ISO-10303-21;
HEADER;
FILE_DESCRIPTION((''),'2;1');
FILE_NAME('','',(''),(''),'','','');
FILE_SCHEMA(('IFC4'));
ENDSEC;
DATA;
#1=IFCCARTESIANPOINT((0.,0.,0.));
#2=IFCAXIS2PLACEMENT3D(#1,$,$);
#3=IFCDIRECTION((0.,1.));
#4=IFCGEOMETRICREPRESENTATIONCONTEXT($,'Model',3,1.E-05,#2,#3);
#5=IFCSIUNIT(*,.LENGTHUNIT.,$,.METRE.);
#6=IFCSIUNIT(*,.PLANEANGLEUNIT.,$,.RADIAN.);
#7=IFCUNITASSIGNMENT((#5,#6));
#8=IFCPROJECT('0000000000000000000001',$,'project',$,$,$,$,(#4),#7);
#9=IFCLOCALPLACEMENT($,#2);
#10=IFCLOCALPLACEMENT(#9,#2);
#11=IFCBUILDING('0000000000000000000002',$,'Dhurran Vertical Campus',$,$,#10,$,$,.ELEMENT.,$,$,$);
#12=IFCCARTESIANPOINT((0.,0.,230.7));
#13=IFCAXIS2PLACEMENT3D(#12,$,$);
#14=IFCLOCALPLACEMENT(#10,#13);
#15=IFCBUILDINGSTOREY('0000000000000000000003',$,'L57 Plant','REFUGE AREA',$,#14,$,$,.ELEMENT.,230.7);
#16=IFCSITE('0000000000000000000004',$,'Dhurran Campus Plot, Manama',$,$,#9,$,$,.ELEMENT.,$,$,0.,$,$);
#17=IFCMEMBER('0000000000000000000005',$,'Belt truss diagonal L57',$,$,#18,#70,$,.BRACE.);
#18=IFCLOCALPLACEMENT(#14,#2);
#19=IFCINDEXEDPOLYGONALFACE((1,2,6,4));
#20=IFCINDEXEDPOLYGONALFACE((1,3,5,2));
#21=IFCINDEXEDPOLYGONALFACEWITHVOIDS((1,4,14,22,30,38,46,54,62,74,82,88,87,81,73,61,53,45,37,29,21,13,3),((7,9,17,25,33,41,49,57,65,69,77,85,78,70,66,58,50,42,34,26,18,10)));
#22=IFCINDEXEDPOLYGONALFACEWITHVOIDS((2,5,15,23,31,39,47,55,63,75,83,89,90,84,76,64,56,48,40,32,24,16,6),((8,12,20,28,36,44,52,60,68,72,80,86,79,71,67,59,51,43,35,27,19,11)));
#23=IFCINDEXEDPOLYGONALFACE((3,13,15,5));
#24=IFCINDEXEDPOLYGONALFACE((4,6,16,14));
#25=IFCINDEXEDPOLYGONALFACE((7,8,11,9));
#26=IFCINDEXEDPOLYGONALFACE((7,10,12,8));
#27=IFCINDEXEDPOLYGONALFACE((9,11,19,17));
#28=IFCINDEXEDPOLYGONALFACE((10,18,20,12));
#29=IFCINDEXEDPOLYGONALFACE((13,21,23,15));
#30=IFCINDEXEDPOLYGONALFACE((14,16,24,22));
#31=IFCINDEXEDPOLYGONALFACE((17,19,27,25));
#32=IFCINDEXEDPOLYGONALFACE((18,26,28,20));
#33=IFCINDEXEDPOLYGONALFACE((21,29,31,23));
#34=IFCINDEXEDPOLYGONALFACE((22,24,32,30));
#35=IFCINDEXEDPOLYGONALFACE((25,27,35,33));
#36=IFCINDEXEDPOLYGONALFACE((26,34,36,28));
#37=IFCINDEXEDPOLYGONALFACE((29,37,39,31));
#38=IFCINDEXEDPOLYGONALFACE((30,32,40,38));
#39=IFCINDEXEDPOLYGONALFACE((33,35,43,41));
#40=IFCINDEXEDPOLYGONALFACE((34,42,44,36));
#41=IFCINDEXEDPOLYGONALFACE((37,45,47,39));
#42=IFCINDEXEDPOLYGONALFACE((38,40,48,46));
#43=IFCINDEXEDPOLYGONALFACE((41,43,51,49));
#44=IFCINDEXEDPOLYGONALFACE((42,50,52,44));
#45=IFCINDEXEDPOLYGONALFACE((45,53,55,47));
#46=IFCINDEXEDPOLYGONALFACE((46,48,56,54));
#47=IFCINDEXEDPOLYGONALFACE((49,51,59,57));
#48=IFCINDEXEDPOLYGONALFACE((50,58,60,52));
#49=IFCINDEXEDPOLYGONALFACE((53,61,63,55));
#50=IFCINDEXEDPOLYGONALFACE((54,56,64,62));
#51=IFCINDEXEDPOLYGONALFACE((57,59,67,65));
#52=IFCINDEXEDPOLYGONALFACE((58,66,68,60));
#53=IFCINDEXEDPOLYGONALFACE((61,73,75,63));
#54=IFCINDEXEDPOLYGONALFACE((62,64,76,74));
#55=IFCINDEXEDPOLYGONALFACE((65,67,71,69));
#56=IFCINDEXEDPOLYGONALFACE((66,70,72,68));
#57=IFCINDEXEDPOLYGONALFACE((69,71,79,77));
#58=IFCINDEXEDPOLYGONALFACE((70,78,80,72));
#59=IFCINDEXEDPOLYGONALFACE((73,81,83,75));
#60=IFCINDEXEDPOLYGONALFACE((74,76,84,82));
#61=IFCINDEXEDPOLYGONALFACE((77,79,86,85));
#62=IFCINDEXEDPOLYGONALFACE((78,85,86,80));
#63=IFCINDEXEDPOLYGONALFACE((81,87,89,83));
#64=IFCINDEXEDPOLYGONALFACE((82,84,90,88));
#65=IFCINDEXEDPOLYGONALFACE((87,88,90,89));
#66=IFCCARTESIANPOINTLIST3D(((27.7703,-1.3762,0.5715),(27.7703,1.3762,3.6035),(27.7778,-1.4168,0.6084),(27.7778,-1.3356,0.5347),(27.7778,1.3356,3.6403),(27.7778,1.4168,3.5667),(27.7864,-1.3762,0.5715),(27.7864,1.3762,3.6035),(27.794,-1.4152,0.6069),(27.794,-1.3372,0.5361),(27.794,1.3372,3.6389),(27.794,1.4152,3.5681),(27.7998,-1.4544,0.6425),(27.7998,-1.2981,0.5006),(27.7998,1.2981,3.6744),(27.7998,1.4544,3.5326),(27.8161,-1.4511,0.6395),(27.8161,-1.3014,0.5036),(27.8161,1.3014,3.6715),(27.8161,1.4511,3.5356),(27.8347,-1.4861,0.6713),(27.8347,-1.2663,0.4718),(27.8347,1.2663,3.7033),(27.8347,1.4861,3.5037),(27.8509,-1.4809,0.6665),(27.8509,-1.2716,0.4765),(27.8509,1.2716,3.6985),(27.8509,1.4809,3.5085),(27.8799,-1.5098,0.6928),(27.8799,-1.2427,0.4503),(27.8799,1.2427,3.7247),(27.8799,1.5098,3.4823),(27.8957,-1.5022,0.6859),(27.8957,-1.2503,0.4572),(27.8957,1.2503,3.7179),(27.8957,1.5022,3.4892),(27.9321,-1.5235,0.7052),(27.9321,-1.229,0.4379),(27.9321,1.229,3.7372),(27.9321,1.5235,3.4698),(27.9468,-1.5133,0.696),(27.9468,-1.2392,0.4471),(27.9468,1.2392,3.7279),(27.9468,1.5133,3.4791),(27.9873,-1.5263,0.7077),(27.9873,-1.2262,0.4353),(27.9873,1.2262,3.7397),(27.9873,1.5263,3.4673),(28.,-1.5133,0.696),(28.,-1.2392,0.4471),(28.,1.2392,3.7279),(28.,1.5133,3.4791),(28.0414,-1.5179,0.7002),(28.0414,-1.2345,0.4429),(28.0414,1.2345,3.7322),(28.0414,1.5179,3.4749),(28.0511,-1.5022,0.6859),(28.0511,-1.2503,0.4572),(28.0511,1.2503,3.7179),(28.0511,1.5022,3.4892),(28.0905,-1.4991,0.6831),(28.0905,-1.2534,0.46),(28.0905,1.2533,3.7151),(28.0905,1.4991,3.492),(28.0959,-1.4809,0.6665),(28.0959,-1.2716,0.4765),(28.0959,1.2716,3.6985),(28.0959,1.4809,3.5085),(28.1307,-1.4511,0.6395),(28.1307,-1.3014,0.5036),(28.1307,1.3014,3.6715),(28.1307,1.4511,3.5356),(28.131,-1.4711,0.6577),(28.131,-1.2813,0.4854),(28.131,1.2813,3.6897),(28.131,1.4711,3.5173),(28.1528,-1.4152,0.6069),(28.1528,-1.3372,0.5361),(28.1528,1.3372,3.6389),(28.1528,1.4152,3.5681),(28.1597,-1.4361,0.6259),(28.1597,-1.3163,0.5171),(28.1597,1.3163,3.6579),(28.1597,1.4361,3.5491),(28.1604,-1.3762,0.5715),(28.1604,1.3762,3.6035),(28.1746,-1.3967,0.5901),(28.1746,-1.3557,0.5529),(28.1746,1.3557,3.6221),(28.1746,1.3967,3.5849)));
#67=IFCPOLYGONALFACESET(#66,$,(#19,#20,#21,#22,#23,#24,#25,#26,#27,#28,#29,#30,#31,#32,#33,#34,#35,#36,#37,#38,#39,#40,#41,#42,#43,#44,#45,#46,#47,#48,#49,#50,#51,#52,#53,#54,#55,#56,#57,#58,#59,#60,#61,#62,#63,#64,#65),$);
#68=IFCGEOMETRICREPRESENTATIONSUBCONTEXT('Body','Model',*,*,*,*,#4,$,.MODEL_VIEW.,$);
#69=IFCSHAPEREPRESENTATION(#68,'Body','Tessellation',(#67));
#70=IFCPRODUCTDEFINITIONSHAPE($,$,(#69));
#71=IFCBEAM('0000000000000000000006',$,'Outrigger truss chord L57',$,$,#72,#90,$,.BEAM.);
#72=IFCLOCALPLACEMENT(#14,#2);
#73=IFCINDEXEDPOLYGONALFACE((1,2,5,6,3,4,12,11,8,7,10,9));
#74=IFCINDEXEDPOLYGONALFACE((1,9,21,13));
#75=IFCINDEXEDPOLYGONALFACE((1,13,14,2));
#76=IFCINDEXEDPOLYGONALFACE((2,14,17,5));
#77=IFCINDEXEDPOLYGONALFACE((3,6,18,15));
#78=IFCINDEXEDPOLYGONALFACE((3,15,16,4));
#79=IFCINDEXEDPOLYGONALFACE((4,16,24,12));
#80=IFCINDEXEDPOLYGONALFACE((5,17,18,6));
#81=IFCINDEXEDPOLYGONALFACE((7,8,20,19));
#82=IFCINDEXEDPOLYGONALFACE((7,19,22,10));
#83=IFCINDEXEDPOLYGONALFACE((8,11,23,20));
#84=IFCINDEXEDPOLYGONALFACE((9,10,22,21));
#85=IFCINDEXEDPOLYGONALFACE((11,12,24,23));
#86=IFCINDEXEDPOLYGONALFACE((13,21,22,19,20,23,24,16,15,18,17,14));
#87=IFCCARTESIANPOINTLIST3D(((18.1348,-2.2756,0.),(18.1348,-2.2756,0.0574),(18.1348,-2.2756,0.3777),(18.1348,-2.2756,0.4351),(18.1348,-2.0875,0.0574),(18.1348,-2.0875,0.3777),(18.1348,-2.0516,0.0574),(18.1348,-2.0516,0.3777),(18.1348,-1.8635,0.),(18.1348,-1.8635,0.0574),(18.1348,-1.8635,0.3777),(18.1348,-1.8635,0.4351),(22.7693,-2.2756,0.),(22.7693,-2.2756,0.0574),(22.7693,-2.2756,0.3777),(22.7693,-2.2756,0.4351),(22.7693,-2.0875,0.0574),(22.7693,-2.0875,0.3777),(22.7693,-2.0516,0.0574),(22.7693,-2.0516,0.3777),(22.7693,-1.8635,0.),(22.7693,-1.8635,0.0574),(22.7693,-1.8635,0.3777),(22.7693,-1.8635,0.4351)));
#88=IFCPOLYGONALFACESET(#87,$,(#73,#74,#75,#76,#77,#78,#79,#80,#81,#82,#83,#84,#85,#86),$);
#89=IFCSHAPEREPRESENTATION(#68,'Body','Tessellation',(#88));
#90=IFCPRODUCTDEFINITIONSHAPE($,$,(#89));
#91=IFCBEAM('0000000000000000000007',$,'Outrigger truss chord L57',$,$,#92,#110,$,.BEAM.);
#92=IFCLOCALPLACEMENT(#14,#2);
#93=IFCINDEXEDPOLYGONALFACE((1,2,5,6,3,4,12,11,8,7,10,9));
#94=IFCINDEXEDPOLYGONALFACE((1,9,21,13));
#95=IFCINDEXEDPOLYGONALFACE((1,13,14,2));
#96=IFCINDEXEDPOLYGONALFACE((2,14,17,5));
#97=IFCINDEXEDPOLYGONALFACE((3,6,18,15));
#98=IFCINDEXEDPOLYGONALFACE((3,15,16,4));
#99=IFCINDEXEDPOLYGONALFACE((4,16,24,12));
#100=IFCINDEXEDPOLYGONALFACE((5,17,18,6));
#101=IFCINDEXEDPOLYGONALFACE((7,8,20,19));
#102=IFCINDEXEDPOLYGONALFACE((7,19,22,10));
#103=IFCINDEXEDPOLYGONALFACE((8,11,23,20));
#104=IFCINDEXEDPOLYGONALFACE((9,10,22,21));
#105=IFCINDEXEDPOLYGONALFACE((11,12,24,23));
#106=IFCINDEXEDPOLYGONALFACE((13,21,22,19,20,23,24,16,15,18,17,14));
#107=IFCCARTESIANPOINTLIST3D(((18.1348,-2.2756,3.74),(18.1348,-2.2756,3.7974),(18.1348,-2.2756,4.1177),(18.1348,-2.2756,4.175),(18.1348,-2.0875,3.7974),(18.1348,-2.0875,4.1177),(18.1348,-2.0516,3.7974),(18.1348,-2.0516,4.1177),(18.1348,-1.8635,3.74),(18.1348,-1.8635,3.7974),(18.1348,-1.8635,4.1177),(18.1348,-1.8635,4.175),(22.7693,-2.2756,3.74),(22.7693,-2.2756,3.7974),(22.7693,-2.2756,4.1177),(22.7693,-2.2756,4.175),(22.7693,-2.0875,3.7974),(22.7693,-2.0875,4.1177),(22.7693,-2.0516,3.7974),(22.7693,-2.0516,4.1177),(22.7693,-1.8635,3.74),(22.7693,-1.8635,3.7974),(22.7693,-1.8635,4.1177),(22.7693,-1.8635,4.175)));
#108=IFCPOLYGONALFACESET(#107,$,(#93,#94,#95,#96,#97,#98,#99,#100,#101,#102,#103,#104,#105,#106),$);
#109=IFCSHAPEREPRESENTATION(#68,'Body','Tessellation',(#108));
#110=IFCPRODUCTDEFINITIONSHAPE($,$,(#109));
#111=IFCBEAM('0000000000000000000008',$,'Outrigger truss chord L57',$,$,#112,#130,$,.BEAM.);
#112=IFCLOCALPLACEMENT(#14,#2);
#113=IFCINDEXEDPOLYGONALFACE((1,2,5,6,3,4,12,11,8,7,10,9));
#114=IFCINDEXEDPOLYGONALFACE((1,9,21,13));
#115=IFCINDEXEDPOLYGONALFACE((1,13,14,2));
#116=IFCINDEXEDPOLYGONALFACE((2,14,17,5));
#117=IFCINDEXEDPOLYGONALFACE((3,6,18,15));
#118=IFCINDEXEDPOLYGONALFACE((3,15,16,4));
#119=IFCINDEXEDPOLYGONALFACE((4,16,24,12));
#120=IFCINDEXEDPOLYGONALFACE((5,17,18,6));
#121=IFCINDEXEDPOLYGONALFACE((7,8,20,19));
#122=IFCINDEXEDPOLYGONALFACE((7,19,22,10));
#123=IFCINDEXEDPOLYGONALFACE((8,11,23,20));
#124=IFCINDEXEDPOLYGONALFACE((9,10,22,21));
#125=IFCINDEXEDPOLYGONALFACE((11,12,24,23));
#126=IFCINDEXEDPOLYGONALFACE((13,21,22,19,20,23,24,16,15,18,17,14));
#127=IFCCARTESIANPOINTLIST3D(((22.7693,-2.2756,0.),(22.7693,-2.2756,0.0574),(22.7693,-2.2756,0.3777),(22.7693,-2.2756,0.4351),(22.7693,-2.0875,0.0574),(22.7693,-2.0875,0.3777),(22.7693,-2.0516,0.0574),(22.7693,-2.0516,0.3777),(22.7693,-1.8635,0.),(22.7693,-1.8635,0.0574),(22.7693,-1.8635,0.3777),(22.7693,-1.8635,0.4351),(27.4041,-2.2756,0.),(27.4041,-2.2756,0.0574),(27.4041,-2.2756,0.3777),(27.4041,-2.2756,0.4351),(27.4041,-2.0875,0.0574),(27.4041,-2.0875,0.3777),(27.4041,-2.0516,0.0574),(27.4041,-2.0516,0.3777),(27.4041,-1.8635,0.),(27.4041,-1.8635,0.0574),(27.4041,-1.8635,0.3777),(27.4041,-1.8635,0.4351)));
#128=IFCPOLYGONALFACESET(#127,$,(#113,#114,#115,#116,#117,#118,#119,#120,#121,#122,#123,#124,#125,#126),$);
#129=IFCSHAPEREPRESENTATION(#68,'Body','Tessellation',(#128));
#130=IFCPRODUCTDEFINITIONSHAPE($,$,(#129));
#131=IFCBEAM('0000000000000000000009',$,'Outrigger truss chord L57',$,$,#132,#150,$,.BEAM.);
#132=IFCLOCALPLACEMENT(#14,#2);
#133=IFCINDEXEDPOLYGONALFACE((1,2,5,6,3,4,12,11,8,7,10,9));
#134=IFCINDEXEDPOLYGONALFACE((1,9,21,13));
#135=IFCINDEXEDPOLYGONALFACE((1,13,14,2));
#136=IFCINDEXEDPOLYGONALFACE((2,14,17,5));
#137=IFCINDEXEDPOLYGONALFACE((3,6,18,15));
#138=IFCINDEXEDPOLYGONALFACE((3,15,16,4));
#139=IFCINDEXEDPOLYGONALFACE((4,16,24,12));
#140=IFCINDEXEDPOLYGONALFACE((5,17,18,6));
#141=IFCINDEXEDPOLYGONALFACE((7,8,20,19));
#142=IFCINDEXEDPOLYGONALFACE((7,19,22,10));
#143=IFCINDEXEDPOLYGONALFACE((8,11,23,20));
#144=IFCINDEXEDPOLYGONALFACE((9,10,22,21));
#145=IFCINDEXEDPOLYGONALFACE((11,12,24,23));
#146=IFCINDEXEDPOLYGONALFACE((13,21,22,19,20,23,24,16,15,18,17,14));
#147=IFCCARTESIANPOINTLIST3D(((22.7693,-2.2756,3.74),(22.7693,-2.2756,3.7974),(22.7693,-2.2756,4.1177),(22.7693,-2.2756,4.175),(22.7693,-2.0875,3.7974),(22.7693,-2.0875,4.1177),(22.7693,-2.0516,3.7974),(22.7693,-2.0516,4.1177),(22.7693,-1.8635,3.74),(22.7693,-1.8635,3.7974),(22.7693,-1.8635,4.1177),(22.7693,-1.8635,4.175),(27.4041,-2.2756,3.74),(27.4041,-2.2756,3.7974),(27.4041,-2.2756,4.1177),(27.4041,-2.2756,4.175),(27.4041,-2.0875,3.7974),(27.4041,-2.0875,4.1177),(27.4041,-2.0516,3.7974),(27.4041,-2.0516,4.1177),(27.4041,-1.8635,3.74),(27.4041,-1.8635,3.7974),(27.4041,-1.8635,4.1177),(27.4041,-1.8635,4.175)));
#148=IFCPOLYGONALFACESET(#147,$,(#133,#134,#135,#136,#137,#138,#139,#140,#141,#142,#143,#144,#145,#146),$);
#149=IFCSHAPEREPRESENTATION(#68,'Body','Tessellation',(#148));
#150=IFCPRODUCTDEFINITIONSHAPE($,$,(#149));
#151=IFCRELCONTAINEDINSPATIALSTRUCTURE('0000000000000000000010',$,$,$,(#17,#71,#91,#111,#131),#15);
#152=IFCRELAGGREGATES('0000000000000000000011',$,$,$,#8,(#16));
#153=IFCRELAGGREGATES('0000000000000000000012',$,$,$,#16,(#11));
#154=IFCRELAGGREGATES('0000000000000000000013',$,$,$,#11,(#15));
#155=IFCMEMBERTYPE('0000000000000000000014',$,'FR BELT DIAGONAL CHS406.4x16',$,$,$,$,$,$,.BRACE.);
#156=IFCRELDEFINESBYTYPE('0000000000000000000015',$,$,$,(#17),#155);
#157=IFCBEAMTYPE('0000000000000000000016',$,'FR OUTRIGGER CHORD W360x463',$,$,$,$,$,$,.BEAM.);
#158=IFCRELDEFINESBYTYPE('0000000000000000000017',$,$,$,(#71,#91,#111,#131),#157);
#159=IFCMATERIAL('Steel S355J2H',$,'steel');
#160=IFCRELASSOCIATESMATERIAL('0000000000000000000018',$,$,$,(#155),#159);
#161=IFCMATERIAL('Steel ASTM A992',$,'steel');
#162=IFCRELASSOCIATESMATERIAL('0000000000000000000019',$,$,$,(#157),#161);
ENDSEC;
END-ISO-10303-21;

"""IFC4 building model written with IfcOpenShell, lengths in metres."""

from ifc_helpers import new_model, si_unit, direction, frame, origin, origin_2d, place, context, subcontext, project, spatial, hollow_circle, i_section, extrude, material, material_profile, profile_set, type_object, element, save


model = new_model("IFC4")

# Units and contexts
model_context = context("Model", 3, precision=1e-05, world=origin(), true_north=direction((0.0, 1.0)))
body_context = subcontext(model_context, "Body", "Model", "MODEL_VIEW")
ifc_project = project(units=[si_unit("LENGTHUNIT", "METRE"), si_unit("PLANEANGLEUNIT", "RADIAN")], contexts=[model_context])

# Site, building, storey
site_placement = place(None, origin())
site = spatial("IfcSite", under=ifc_project, at=site_placement, Name="Dhurran Campus Plot, Manama", CompositionType="ELEMENT", RefElevation=0.0)
building_placement = place(site_placement, origin())
building = spatial("IfcBuilding", under=site, at=building_placement, Name="Dhurran Vertical Campus", CompositionType="ELEMENT")
storey_placement = place(building_placement, frame((0.0, 0.0, 230.7)))
storey = spatial("IfcBuildingStorey", under=building, at=storey_placement, Name="L57 Plant", Description="REFUGE AREA", CompositionType="ELEMENT", Elevation=230.7)

# Member
ifc_material_1 = material(Name="Steel S355J2H", Category="steel")
ifc_material_profile_1 = material_profile(ifc_material_1, hollow_circle(Radius=0.2031, WallThickness=0.0161, at=origin_2d()), Name="CHS406.4x16")
ifc_profile_set_1 = profile_set([ifc_material_profile_1], Name="Steel S355J2H")
member_type_1 = type_object("IfcMemberType", Name="FR BELT DIAGONAL CHS406.4x16", PredefinedType="BRACE", material=ifc_profile_set_1)
member_1_placement = place(storey_placement, frame((27.9734, -1.3762, 0.5715), z_axis=(0.0, 0.67215, 0.740415), x_axis=(-1.0, 0.0, 0.0)))
element("IfcMember", 1, at=member_1_placement, inside=storey, type_object=member_type_1, Name="Belt truss diagonal L57", PredefinedType="BRACE", context=body_context, shape_type="SweptSolid", body=[
    extrude(hollow_circle(Radius=0.2031, WallThickness=0.0161, at=origin_2d()), origin(), (0.0, 0.0, 1.0), 4.095),
])

# Beams
ifc_material_2 = material(Name="Steel ASTM A992", Category="steel")
ifc_material_profile_2 = material_profile(ifc_material_2, i_section(OverallWidth=0.4121, OverallDepth=0.4351, WebThickness=0.0359, FlangeThickness=0.0574, at=origin_2d()), Name="W360x463")
ifc_profile_set_2 = profile_set([ifc_material_profile_2], Name="Steel ASTM A992")
beam_type_1 = type_object("IfcBeamType", Name="FR OUTRIGGER CHORD W360x463", PredefinedType="BEAM", material=ifc_profile_set_2)
for number, where, z_axis, x_axis, name in (
    (2, (18.1348, -2.0696, 0.2175), (1.0, 0.0, 0.0), (0.0, 1.0, 0.0), "Outrigger truss chord L57"),
    (3, (18.1348, -2.0696, 3.9575), (1.0, 0.0, 0.0), (0.0, 1.0, 0.0), "Outrigger truss chord L57"),
):
    element("IfcBeam", number, at=place(storey_placement, frame(where, z_axis=z_axis, x_axis=x_axis)), inside=storey, type_object=beam_type_1, Name=name, PredefinedType="BEAM", context=body_context, shape_type="SweptSolid", body=[
        extrude(i_section(OverallWidth=0.4121, OverallDepth=0.4351, WebThickness=0.0359, FlangeThickness=0.0574, at=origin_2d()), origin(), (0.0, 0.0, 1.0), 4.6345),
    ])
for number, where, z_axis, x_axis, name in (
    (4, (22.7693, -2.0696, 0.2175), (1.0, 0.0, 0.0), (0.0, 1.0, 0.0), "Outrigger truss chord L57"),
    (5, (22.7693, -2.0696, 3.9575), (1.0, 0.0, 0.0), (0.0, 1.0, 0.0), "Outrigger truss chord L57"),
):
    element("IfcBeam", number, at=place(storey_placement, frame(where, z_axis=z_axis, x_axis=x_axis)), inside=storey, type_object=beam_type_1, Name=name, PredefinedType="BEAM", context=body_context, shape_type="SweptSolid", body=[
        extrude(i_section(OverallWidth=0.4121, OverallDepth=0.4351, WebThickness=0.0359, FlangeThickness=0.0574, at=origin_2d()), origin(), (0.0, 0.0, 1.0), 4.6348),
    ])

save(model, "model.ifc")
